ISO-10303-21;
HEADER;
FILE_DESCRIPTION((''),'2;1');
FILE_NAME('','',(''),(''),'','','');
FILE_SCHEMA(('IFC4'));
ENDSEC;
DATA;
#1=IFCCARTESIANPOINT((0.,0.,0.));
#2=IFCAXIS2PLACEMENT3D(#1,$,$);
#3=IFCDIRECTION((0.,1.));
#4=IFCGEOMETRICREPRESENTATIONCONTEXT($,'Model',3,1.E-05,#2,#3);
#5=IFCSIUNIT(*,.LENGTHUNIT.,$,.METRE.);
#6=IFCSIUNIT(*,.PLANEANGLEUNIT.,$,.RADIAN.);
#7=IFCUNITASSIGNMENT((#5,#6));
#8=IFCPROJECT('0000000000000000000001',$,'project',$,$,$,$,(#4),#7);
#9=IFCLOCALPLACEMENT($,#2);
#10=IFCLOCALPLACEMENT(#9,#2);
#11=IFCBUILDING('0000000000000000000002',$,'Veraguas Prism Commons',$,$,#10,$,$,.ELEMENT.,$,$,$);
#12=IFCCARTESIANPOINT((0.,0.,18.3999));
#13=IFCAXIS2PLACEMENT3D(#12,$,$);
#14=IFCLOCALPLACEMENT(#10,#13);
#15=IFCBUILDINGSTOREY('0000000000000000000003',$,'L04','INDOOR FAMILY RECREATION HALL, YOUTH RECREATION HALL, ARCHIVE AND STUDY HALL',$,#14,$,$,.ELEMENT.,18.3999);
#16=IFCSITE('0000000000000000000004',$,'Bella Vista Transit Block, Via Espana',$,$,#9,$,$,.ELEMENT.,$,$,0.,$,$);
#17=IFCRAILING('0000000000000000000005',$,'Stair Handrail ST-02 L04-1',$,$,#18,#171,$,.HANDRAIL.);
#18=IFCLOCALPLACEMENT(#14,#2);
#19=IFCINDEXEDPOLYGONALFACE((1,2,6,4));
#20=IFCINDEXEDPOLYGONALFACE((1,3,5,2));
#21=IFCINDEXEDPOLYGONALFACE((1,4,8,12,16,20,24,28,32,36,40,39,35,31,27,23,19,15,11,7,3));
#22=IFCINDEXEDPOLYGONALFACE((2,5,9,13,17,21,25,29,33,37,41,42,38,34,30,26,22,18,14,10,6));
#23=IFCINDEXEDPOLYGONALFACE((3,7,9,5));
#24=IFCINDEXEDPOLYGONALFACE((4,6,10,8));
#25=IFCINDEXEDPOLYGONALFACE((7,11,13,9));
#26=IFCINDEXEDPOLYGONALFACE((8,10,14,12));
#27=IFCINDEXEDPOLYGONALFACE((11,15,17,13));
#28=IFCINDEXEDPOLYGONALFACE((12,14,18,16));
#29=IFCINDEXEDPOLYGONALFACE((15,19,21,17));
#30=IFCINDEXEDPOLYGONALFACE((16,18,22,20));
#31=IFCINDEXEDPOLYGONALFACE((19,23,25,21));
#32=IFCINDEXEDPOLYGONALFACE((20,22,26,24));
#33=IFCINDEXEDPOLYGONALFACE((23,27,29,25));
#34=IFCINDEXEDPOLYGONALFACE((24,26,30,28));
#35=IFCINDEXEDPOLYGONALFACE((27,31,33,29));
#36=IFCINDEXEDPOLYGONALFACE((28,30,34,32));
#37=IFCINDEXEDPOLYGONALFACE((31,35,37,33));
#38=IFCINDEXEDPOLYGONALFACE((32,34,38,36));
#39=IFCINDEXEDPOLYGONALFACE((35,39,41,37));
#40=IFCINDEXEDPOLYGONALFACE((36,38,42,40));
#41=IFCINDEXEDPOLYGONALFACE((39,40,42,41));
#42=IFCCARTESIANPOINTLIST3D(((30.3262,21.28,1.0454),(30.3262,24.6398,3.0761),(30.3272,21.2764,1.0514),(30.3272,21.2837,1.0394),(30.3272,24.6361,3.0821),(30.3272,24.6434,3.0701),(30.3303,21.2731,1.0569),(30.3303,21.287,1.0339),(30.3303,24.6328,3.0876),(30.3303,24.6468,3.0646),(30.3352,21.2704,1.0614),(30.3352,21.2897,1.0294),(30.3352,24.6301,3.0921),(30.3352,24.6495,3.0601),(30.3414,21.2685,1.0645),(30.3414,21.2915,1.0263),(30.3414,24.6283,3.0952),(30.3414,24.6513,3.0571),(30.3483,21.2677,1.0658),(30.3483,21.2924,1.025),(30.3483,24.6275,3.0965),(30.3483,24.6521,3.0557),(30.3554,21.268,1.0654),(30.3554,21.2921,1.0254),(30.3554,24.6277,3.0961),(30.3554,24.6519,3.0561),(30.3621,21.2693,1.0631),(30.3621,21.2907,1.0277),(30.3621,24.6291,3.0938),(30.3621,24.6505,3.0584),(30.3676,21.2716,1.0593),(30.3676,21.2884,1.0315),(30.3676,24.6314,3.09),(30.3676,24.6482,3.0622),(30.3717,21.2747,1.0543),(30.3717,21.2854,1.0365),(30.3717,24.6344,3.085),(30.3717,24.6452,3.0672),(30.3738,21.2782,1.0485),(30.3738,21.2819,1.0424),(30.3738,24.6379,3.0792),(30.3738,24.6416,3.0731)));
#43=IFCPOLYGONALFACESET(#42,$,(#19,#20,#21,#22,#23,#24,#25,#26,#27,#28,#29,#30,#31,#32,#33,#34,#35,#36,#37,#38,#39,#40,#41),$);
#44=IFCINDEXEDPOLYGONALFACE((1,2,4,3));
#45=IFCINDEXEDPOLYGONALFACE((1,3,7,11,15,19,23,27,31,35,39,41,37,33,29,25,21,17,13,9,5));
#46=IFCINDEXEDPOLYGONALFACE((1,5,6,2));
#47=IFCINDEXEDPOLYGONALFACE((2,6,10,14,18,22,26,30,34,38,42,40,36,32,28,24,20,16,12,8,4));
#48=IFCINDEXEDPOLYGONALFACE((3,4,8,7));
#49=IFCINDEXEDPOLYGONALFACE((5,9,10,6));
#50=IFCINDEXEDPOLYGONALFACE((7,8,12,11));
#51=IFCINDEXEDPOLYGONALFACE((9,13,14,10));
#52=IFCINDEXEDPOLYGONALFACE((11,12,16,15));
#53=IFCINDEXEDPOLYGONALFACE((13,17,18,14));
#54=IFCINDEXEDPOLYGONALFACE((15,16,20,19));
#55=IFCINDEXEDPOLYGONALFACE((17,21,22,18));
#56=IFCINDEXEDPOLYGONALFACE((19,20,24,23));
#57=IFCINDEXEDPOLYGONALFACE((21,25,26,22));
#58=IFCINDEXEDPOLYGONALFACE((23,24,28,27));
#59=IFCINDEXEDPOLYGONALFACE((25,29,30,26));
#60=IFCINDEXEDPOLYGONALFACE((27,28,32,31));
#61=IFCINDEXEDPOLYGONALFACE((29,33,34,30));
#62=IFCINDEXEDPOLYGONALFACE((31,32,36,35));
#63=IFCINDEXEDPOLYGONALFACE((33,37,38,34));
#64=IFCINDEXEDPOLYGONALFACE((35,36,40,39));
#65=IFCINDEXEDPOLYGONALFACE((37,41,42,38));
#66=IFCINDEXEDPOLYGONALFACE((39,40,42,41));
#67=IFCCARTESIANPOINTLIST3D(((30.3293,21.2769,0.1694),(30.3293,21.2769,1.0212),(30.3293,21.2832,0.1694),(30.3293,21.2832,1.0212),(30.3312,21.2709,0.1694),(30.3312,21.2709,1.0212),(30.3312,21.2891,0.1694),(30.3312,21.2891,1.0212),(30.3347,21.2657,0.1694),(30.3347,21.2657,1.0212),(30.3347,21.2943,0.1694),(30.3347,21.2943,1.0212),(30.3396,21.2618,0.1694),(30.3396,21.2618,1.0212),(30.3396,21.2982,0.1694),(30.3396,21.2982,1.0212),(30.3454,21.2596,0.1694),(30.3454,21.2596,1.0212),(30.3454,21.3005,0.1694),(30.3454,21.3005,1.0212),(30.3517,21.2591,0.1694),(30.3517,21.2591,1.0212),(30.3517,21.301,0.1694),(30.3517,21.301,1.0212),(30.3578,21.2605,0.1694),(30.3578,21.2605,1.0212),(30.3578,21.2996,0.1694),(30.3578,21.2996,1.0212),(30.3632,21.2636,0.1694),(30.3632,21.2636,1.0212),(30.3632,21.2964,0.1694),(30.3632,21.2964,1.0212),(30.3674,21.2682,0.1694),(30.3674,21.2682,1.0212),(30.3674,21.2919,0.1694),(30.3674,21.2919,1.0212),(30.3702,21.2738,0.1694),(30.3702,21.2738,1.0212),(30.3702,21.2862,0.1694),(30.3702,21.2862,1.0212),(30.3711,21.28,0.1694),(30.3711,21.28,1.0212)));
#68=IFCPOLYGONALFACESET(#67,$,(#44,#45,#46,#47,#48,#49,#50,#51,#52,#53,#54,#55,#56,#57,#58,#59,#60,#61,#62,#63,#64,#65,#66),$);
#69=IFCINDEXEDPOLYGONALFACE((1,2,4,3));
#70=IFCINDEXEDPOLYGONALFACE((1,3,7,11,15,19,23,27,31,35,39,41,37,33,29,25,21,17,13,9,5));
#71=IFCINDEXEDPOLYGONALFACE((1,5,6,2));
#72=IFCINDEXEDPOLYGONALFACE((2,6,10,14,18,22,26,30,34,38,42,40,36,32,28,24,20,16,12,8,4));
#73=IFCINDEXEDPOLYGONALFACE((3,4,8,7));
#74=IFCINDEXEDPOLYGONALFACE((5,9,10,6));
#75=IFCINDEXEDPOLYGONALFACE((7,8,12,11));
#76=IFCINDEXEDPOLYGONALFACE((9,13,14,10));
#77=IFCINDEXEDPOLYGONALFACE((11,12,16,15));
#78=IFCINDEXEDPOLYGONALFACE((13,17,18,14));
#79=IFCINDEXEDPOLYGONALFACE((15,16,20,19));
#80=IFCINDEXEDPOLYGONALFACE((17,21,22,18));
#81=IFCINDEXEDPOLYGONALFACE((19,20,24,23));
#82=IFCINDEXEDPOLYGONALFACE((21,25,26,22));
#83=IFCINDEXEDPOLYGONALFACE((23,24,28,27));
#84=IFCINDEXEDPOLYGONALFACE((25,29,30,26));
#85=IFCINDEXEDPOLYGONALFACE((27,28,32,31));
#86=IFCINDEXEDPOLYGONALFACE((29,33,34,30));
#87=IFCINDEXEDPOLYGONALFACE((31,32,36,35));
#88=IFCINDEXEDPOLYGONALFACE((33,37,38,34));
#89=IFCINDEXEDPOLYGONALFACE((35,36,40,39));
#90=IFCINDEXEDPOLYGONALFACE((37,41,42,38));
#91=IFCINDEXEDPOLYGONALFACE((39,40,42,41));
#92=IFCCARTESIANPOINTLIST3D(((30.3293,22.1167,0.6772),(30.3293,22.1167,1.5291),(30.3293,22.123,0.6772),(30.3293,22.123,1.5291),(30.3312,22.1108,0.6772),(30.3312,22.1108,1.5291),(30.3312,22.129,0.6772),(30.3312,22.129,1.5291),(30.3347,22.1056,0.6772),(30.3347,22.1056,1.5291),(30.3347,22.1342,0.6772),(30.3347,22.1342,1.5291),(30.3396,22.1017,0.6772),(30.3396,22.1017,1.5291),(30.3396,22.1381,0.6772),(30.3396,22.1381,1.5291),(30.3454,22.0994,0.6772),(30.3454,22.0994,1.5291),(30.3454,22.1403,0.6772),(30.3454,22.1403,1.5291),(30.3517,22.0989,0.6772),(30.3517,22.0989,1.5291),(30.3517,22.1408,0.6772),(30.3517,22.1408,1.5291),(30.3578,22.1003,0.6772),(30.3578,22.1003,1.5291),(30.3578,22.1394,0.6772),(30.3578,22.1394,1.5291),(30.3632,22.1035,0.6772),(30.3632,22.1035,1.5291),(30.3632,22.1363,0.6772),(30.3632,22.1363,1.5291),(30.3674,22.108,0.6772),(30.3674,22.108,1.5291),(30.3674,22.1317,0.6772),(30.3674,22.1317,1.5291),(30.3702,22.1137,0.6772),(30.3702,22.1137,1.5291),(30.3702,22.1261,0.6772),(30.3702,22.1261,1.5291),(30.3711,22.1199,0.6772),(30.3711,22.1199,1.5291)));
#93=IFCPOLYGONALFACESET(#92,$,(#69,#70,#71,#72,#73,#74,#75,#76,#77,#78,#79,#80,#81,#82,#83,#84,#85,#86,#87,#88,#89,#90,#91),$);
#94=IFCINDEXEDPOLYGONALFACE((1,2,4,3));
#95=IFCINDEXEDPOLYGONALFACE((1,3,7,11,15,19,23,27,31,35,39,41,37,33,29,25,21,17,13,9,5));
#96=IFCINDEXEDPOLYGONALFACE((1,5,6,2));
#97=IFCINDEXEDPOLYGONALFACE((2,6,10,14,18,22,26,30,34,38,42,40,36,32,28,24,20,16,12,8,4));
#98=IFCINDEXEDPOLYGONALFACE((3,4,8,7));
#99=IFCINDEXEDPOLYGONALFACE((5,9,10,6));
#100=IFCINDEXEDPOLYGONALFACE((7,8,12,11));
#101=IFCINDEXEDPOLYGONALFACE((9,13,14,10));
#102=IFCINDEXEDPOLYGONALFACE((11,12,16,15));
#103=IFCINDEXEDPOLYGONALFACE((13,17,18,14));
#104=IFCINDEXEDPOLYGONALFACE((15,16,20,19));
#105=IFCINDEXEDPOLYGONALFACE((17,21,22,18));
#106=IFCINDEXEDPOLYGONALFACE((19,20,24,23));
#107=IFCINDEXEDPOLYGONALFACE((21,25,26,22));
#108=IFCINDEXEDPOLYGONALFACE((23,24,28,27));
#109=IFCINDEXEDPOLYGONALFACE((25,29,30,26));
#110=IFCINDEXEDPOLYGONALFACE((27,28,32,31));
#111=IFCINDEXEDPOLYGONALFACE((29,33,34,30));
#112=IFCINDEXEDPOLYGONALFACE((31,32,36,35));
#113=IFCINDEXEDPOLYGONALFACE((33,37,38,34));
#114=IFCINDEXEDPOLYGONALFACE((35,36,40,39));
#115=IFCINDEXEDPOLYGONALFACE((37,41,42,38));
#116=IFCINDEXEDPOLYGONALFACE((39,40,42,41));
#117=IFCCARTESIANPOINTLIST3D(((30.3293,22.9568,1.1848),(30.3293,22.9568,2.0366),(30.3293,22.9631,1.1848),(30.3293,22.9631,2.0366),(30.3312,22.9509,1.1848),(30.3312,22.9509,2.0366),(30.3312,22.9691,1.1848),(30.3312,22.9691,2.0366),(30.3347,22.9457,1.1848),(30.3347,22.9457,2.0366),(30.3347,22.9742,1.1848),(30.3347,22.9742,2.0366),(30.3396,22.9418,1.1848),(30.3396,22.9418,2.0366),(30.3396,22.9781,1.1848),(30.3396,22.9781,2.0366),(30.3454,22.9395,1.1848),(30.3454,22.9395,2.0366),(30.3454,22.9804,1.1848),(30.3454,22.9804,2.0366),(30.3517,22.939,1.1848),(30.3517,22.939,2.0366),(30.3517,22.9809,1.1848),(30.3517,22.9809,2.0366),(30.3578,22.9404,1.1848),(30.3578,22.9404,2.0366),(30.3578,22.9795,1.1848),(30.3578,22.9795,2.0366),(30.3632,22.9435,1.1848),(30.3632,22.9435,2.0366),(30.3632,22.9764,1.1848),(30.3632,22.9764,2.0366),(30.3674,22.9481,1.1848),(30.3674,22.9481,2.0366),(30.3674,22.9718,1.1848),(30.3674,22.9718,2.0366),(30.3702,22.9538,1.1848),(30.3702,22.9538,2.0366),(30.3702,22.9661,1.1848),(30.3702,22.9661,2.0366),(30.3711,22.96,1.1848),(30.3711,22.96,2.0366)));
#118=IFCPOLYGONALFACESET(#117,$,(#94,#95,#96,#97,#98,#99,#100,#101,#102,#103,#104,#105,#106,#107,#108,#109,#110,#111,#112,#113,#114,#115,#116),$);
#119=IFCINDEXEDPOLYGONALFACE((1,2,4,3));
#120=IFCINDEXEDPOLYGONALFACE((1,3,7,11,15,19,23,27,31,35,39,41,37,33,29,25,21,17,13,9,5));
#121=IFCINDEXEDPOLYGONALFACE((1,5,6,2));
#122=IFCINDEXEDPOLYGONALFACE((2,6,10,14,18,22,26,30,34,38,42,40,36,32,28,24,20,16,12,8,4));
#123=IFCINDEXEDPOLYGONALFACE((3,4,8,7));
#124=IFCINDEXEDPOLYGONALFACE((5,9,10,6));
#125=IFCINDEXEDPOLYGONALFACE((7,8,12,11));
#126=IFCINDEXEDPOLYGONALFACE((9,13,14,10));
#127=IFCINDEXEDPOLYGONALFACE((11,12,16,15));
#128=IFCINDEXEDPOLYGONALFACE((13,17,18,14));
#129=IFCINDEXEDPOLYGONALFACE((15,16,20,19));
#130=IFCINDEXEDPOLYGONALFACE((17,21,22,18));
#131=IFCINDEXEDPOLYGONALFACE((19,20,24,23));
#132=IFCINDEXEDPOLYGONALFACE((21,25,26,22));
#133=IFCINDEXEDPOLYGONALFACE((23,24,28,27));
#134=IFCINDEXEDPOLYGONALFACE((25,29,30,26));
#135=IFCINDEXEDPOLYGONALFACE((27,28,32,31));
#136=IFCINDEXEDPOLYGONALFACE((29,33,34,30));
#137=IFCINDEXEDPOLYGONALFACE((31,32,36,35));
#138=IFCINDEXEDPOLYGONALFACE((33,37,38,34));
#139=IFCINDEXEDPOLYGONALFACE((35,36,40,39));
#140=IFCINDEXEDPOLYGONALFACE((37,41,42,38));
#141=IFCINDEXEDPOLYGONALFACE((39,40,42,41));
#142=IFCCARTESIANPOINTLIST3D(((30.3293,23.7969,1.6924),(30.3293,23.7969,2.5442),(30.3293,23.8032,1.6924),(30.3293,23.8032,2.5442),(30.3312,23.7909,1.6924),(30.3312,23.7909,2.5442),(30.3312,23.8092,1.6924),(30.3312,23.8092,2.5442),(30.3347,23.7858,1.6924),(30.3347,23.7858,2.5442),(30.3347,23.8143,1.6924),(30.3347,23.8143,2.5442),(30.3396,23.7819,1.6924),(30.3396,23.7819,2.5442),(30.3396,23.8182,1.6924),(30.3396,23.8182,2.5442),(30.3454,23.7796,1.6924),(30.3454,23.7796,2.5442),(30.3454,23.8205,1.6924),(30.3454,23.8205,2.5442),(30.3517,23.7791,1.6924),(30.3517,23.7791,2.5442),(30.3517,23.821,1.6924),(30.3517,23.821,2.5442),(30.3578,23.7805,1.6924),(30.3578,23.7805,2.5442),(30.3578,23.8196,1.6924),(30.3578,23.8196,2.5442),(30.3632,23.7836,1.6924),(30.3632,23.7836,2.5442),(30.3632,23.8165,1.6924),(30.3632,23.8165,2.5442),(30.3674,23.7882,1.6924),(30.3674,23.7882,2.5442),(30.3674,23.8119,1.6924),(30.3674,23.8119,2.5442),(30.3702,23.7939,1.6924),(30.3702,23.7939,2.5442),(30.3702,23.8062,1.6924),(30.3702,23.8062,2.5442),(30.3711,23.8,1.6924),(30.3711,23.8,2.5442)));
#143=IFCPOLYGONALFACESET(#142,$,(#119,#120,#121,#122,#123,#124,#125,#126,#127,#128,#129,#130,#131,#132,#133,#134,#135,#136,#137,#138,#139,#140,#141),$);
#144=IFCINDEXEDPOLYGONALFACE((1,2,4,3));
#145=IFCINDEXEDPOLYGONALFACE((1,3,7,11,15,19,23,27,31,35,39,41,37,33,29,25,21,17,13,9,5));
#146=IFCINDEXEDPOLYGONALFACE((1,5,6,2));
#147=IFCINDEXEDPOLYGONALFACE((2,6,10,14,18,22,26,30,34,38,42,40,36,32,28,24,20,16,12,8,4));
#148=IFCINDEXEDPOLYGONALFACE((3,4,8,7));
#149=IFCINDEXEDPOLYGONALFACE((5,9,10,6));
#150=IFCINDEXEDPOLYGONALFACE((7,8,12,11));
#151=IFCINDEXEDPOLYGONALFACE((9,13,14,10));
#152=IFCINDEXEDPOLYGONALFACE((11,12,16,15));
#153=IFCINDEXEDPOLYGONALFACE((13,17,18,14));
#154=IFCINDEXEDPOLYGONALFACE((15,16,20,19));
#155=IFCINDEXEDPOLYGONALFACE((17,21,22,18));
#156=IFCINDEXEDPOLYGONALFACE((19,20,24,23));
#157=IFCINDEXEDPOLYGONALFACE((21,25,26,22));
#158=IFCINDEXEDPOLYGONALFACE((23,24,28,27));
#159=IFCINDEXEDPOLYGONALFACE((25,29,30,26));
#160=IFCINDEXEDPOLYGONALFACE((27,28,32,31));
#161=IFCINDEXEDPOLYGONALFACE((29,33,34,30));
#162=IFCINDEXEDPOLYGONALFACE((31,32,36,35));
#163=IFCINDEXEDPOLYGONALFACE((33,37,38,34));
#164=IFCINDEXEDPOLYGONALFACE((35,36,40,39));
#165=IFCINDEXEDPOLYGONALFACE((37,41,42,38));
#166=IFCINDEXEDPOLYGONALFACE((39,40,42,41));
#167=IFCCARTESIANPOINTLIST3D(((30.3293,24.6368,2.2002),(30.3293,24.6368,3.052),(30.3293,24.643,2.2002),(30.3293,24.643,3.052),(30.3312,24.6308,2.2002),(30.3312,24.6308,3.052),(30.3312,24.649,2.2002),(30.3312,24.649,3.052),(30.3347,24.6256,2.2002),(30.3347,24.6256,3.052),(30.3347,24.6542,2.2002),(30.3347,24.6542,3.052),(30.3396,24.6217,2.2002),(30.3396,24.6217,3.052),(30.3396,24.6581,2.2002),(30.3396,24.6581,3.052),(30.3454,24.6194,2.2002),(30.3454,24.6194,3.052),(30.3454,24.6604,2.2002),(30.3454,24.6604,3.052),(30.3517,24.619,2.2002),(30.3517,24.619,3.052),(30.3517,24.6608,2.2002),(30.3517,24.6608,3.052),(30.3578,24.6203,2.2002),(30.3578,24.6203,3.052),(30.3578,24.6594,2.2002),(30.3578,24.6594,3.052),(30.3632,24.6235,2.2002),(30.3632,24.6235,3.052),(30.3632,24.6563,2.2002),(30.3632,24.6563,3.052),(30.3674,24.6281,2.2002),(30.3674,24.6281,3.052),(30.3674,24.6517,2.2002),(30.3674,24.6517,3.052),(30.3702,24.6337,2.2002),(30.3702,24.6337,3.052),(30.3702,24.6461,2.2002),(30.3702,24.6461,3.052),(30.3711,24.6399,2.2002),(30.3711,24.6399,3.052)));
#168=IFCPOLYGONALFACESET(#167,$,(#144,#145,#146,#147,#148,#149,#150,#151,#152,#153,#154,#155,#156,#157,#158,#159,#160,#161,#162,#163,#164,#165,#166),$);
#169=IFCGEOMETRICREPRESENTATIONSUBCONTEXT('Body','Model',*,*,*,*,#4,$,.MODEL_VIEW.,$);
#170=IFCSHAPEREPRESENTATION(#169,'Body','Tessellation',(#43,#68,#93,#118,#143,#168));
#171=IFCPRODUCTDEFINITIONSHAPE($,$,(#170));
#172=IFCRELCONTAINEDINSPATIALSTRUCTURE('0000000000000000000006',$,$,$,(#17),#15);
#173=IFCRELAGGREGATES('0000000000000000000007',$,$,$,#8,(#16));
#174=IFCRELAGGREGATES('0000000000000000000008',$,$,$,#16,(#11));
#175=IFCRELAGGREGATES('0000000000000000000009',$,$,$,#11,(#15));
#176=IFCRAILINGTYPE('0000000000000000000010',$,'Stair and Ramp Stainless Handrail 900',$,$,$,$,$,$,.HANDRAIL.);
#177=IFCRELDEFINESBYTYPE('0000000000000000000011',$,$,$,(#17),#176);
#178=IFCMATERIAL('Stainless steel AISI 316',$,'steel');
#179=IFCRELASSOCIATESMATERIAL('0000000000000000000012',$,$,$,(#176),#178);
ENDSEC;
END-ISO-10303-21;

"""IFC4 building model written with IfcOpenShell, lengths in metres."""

from ifc_helpers import new_model, si_unit, direction, frame, origin, origin_2d, place, context, subcontext, project, spatial, circle, extrude, material, type_object, element, save


model = new_model("IFC4")

# Units and contexts
model_context = context("Model", 3, precision=1e-05, world=origin(), true_north=direction((0.0, 1.0)))
body_context = subcontext(model_context, "Body", "Model", "MODEL_VIEW")
ifc_project = project(units=[si_unit("LENGTHUNIT", "METRE"), si_unit("PLANEANGLEUNIT", "RADIAN")], contexts=[model_context])

# Site, building, storey
site_placement = place(None, origin())
site = spatial("IfcSite", under=ifc_project, at=site_placement, Name="Bella Vista Transit Block, Via Espana", CompositionType="ELEMENT", RefElevation=0.0)
building_placement = place(site_placement, origin())
building = spatial("IfcBuilding", under=site, at=building_placement, Name="Veraguas Prism Commons", CompositionType="ELEMENT")
storey_placement = place(building_placement, frame((0.0, 0.0, 18.3999)))
storey = spatial("IfcBuildingStorey", under=building, at=storey_placement, Name="L04", Description="INDOOR FAMILY RECREATION HALL, YOUTH RECREATION HALL, ARCHIVE AND STUDY HALL", CompositionType="ELEMENT", Elevation=18.3999)

# Railing
ifc_material_1 = material(Name="Stainless steel AISI 316", Category="steel")
railing_type = type_object("IfcRailingType", Name="Stair and Ramp Stainless Handrail 900", PredefinedType="HANDRAIL", material=ifc_material_1)
railing_placement = place(storey_placement, frame((30.3501, 21.28, 0.1694)))
element("IfcRailing", 1, at=railing_placement, inside=storey, type_object=railing_type, Name="Stair Handrail ST-02 L04-1", PredefinedType="HANDRAIL", context=body_context, shape_type="SweptSolid", body=[
    extrude(circle(Radius=0.0239, at=origin_2d()), frame((0.0, 0.0, 0.876), z_axis=(0.0, 0.85582, 0.517273), x_axis=(-1.0, 0.0, 0.0)), (0.0, 0.0, 1.0), 3.9258),
    extrude(circle(Radius=0.021, at=origin_2d()), origin(), (0.0, 0.0, 1.0), 0.8518),
    extrude(circle(Radius=0.021, at=origin_2d()), frame((0.0, 0.8398, 0.5078)), (0.0, 0.0, 1.0), 0.8518),
    extrude(circle(Radius=0.021, at=origin_2d()), frame((0.0, 1.6799, 1.0154)), (0.0, 0.0, 1.0), 0.8518),
    extrude(circle(Radius=0.021, at=origin_2d()), frame((0.0, 2.52, 1.5229)), (0.0, 0.0, 1.0), 0.8518),
    extrude(circle(Radius=0.021, at=origin_2d()), frame((0.0, 3.3599, 2.0308)), (0.0, 0.0, 1.0), 0.8518),
])

save(model, "model.ifc")
